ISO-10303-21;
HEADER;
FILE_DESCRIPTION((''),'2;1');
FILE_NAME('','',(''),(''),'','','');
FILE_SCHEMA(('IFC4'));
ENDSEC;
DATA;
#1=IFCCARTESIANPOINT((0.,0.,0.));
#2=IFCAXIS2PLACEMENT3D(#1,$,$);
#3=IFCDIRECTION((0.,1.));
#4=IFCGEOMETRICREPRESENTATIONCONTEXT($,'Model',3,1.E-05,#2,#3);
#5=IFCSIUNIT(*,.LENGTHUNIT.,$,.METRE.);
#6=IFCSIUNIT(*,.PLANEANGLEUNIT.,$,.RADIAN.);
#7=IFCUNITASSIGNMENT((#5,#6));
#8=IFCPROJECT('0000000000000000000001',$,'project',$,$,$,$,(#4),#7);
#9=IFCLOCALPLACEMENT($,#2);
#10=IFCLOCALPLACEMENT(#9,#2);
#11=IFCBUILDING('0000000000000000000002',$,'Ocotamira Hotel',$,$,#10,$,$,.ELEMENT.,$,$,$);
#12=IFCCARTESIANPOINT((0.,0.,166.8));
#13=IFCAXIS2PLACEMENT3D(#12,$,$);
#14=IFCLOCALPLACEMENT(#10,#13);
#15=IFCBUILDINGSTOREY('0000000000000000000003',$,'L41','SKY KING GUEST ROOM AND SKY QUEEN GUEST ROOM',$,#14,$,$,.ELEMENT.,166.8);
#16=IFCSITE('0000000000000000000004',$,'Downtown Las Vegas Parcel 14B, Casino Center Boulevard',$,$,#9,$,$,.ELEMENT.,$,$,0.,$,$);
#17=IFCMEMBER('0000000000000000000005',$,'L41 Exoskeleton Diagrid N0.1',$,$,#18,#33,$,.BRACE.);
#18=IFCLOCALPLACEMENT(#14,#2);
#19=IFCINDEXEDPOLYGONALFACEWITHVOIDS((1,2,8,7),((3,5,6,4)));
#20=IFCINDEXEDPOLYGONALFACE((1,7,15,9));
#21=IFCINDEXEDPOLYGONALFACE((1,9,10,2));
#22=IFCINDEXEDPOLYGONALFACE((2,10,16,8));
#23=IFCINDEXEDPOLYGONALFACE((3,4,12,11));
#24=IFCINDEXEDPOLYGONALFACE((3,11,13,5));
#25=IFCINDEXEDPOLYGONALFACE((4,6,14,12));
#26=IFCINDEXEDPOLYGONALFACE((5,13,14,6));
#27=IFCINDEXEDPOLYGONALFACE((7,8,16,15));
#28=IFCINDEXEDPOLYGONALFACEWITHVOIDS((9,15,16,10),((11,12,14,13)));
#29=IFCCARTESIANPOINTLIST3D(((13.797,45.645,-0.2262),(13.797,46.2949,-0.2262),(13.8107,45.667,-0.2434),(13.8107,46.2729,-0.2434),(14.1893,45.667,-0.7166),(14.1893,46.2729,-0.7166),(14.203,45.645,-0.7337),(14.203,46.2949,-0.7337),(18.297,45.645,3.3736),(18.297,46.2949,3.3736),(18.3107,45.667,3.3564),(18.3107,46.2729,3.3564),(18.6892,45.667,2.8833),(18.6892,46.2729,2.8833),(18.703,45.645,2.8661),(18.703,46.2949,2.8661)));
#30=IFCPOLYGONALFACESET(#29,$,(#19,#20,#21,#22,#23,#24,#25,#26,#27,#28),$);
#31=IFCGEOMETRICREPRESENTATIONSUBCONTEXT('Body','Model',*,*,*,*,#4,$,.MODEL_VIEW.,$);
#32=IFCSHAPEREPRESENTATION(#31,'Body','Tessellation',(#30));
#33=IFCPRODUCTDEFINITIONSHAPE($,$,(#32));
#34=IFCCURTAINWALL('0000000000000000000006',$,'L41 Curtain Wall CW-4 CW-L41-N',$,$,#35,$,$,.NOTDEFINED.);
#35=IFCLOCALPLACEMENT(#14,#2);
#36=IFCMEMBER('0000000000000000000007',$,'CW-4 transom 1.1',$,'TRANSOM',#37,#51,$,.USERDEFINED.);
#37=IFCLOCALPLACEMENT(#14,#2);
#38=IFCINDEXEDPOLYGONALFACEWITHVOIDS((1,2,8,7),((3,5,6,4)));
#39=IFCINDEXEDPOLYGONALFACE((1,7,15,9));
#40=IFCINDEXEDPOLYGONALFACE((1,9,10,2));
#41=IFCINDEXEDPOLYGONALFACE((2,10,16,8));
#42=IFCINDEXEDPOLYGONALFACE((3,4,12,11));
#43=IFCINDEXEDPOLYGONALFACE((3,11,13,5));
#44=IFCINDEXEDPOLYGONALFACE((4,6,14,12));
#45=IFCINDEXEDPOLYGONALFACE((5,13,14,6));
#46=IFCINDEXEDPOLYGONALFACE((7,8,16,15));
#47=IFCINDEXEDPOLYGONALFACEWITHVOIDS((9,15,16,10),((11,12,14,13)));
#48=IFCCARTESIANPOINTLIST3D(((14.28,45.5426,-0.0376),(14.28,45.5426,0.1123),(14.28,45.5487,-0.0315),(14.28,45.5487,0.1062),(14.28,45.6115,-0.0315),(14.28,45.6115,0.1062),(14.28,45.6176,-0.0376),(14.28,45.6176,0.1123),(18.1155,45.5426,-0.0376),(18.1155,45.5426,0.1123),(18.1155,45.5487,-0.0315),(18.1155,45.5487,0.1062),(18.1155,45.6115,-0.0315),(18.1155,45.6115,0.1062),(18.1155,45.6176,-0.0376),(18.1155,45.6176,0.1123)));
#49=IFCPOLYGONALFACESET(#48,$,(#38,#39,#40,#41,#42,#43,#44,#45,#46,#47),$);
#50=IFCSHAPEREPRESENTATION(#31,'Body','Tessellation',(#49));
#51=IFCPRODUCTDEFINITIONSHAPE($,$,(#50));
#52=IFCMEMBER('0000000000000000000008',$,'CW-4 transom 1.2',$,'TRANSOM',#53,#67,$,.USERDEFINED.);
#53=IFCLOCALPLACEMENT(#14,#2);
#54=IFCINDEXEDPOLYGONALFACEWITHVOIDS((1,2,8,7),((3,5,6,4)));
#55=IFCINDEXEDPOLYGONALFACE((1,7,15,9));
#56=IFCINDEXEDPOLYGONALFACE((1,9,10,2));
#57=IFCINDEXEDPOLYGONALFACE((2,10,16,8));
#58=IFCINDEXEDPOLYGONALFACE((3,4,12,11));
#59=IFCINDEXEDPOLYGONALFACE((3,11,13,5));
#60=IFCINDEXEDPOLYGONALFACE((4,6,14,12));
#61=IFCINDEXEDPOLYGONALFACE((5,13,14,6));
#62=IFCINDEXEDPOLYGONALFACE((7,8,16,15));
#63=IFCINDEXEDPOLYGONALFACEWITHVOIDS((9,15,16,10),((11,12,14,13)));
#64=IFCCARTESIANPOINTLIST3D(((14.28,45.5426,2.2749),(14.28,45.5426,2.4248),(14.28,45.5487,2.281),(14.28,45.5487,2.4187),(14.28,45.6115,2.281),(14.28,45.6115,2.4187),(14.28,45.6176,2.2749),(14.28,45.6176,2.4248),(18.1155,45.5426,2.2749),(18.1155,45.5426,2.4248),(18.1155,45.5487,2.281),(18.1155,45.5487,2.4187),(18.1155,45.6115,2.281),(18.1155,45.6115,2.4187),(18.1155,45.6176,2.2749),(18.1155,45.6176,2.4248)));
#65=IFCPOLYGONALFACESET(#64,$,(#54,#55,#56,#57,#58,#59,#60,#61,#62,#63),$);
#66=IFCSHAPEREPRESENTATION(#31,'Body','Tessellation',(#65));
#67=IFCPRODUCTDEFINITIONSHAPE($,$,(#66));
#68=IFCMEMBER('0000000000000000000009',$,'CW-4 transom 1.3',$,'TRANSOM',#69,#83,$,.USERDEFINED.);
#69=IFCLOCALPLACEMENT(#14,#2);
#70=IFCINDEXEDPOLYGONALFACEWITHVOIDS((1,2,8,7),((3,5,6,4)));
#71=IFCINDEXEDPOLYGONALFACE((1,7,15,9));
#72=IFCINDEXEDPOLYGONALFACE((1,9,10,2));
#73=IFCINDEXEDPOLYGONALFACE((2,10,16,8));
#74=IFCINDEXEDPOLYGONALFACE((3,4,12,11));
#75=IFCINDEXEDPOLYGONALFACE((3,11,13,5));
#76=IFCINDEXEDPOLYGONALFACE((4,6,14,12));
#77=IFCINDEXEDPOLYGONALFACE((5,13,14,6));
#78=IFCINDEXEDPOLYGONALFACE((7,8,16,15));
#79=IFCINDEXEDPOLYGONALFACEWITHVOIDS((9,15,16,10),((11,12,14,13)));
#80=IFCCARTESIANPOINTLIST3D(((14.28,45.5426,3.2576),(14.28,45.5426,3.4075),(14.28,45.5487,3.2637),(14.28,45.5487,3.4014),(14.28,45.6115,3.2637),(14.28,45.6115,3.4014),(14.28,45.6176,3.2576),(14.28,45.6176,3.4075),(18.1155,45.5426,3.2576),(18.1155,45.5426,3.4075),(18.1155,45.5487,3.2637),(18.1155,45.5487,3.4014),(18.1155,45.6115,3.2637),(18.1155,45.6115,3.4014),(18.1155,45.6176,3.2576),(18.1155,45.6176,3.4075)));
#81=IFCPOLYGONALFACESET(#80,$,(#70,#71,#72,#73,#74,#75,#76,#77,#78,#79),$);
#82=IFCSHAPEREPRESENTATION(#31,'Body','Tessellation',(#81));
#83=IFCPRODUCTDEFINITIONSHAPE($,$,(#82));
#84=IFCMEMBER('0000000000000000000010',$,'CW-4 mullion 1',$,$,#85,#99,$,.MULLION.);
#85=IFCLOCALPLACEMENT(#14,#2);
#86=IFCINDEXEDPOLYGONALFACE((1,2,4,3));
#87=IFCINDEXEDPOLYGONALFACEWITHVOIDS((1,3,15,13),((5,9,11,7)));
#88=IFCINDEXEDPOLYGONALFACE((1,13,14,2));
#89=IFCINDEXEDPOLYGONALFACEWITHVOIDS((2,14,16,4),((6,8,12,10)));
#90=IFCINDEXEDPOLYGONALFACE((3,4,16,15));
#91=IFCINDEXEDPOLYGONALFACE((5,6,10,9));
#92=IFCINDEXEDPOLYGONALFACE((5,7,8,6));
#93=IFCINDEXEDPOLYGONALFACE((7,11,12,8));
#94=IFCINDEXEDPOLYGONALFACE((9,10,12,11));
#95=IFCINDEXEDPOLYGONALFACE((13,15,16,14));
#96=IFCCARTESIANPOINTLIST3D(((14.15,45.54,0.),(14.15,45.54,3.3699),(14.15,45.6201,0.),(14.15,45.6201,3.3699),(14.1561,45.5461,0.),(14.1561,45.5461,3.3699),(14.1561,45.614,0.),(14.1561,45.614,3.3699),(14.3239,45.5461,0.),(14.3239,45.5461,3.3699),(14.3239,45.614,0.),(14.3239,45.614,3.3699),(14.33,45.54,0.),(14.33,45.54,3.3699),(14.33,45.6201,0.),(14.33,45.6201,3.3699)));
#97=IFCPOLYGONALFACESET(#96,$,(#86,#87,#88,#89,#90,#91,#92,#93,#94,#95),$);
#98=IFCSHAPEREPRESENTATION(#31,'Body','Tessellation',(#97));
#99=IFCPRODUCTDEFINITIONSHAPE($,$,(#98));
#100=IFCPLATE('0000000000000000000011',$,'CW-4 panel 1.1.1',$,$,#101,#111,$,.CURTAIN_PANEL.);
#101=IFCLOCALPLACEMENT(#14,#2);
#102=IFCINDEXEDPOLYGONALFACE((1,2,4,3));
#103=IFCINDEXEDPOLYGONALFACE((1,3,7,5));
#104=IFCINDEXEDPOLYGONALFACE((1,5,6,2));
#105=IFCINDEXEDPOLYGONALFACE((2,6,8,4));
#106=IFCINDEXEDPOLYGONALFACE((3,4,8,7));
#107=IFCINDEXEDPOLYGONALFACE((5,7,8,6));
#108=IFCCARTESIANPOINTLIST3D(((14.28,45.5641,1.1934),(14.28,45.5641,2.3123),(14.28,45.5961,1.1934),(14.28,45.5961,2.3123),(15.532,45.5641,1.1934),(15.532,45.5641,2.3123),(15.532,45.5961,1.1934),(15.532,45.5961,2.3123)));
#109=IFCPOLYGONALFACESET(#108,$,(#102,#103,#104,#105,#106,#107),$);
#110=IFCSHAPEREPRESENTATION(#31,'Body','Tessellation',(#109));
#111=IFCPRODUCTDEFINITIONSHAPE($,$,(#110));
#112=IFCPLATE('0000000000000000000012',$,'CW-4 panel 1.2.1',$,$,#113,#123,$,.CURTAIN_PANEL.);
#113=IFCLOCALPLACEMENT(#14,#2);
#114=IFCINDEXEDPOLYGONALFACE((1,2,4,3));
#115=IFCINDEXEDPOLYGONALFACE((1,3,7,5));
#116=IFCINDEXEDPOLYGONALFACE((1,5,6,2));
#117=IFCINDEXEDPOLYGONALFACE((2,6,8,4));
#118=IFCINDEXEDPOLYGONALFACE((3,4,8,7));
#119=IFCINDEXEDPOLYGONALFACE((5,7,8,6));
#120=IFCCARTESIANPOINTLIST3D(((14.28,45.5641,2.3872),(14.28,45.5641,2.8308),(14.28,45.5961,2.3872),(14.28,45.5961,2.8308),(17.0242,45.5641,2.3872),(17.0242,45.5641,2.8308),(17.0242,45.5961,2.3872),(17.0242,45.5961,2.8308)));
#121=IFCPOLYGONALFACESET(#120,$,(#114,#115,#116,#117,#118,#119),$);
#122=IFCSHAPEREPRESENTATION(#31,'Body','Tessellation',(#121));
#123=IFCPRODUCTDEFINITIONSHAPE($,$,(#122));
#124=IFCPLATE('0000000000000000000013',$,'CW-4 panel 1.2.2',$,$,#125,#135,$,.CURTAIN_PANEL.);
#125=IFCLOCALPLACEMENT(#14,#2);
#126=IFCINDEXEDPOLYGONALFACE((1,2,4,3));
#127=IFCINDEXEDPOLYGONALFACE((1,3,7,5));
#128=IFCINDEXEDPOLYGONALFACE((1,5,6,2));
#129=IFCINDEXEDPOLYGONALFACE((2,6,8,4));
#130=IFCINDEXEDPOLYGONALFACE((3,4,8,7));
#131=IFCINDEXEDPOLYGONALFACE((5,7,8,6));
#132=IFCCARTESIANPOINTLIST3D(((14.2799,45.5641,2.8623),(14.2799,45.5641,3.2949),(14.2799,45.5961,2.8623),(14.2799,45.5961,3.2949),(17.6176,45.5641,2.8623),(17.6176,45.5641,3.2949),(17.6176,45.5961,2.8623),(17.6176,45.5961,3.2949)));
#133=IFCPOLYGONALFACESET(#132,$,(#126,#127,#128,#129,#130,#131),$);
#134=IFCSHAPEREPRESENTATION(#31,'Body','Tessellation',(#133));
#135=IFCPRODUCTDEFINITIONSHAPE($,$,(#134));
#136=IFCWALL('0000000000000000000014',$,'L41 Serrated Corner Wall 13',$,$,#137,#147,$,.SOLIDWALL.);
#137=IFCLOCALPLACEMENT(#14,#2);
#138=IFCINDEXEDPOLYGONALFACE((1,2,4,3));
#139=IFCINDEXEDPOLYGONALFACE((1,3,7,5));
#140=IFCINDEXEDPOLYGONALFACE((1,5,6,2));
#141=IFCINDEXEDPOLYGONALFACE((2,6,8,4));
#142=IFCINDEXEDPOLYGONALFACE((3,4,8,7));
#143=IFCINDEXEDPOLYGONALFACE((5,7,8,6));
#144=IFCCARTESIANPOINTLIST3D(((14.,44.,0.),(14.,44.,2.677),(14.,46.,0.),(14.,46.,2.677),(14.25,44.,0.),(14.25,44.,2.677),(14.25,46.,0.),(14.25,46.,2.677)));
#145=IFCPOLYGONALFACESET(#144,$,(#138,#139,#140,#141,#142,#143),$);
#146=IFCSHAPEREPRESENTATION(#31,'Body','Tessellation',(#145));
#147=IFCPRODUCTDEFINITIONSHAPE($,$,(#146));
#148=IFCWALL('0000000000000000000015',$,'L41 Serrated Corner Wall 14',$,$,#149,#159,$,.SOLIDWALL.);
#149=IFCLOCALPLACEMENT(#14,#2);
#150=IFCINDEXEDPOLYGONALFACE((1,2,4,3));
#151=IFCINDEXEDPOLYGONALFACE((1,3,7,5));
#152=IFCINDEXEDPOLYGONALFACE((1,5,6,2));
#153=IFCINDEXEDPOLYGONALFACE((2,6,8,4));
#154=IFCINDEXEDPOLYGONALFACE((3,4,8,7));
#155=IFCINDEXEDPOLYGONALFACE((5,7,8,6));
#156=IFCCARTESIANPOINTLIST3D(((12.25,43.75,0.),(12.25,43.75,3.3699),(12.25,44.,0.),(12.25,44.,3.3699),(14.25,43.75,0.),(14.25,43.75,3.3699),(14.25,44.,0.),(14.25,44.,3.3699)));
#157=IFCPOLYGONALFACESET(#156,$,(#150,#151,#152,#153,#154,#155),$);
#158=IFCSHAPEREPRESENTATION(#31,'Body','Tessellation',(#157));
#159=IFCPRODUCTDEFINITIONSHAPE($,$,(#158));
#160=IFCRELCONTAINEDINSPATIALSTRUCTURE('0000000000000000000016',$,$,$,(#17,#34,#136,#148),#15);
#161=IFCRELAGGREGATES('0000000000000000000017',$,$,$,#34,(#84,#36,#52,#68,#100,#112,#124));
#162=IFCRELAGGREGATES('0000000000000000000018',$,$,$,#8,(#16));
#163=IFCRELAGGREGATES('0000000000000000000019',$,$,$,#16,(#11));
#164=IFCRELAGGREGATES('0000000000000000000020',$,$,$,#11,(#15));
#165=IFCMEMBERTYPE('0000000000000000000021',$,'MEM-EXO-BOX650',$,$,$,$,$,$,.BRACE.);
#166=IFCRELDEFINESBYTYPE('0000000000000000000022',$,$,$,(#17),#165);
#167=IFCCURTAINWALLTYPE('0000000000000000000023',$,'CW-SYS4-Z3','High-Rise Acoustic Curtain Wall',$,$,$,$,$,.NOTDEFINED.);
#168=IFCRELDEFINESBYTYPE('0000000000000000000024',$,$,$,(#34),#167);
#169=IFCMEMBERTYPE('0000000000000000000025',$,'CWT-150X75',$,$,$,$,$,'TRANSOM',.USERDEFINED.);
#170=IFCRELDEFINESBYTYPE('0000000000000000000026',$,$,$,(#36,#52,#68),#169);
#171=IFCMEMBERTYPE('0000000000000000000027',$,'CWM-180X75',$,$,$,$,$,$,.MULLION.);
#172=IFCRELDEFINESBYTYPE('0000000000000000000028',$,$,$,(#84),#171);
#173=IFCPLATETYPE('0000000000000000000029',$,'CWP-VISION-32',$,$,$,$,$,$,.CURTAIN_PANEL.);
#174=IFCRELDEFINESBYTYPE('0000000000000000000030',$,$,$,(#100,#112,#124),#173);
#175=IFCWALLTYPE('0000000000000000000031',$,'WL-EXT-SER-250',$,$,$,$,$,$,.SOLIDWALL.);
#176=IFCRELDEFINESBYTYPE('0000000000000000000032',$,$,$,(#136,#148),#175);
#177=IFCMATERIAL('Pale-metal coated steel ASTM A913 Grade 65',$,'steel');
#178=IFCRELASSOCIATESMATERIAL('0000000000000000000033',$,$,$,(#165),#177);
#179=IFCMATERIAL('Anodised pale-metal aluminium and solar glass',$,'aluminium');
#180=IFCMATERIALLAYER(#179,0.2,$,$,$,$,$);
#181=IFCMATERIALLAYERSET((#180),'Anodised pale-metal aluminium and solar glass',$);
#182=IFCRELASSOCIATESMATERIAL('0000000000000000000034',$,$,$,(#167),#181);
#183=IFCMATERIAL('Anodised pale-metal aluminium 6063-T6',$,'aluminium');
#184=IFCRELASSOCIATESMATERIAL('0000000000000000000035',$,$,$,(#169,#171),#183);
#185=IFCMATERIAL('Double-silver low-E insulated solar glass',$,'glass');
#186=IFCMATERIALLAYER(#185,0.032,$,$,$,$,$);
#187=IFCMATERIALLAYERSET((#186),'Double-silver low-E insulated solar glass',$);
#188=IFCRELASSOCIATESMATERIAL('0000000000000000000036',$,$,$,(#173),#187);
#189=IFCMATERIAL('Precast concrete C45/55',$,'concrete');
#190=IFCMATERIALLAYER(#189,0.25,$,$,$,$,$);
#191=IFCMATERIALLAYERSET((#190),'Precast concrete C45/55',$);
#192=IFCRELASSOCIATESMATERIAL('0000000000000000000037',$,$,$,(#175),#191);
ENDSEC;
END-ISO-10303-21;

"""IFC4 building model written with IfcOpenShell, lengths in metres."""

from ifc_helpers import new_model, si_unit, direction, frame, frame_2d, origin, origin_2d, place, context, subcontext, project, spatial, rectangle, hollow_rectangle, extrude, source, transform, mapped, material, layer, layer_set, material_profile, profile_set, type_object, element, aggregate, save


model = new_model("IFC4")

# Units and contexts
model_context = context("Model", 3, precision=1e-05, world=origin(), true_north=direction((0.0, 1.0)))
body_context = subcontext(model_context, "Body", "Model", "MODEL_VIEW")
ifc_project = project(units=[si_unit("LENGTHUNIT", "METRE"), si_unit("PLANEANGLEUNIT", "RADIAN")], contexts=[model_context])

# Site, building, storey
site_placement = place(None, origin())
site = spatial("IfcSite", under=ifc_project, at=site_placement, Name="Downtown Las Vegas Parcel 14B, Casino Center Boulevard", CompositionType="ELEMENT", RefElevation=0.0)
building_placement = place(site_placement, origin())
building = spatial("IfcBuilding", under=site, at=building_placement, Name="Ocotamira Hotel", CompositionType="ELEMENT")
storey_placement = place(building_placement, frame((0.0, 0.0, 166.8)))
storey = spatial("IfcBuildingStorey", under=building, at=storey_placement, Name="L41", Description="SKY KING GUEST ROOM AND SKY QUEEN GUEST ROOM", CompositionType="ELEMENT", Elevation=166.8)

# Member
ifc_material_1 = material(Name="Pale-metal coated steel ASTM A913 Grade 65", Category="steel")
ifc_material_profile_1 = material_profile(ifc_material_1, hollow_rectangle(XDim=0.6499, YDim=0.6499, WallThickness=0.022, at=origin_2d()), Name="BOX650X650X22")
ifc_profile_set_1 = profile_set([ifc_material_profile_1], Name="Pale-metal coated steel ASTM A913 Grade 65")
member_type_1 = type_object("IfcMemberType", Name="MEM-EXO-BOX650", PredefinedType="BRACE", material=ifc_profile_set_1)
shared_shape_1 = source(origin(), body_context, "Body", "SweptSolid", [
    extrude(hollow_rectangle(XDim=0.6499, YDim=0.6499, WallThickness=0.022, at=origin_2d()), origin(), (0.0, 0.0, 1.0), 5.7627),
])
member_1_placement = place(storey_placement, frame((14.0, 45.97, -0.48), z_axis=(0.780881, 0.0, 0.62468), x_axis=(0.0, 1.0, 0.0)))
element("IfcMember", 1, at=member_1_placement, inside=storey, type_object=member_type_1, Name="L41 Exoskeleton Diagrid N0.1", PredefinedType="BRACE", context=body_context, shape_type="MappedRepresentation", body=[
    mapped(shared_shape_1, transform((0.0, 0.0, 0.0), scale=1.0)),
])

# Curtain wall, members, plates
ifc_material_2 = material(Name="Anodised pale-metal aluminium and solar glass", Category="aluminium")
ifc_layer_1 = layer(ifc_material_2, 0.2)
ifc_layer_set_1 = layer_set([ifc_layer_1], Name="Anodised pale-metal aluminium and solar glass")
curtain_wall_type = type_object("IfcCurtainWallType", Name="CW-SYS4-Z3", Description="High-Rise Acoustic Curtain Wall", PredefinedType="NOTDEFINED", material=ifc_layer_set_1)
curtain_wall_placement = place(storey_placement, origin())
curtain_wall = element("IfcCurtainWall", 2, at=curtain_wall_placement, inside=storey, type_object=curtain_wall_type, Name="L41 Curtain Wall CW-4 CW-L41-N", PredefinedType="NOTDEFINED")
ifc_material_3 = material(Name="Anodised pale-metal aluminium 6063-T6", Category="aluminium")
ifc_material_profile_2 = material_profile(ifc_material_3, hollow_rectangle(XDim=0.075, YDim=0.1499, WallThickness=0.0061, at=origin_2d()), Name="HSS150X75X6")
ifc_profile_set_2 = profile_set([ifc_material_profile_2], Name="Anodised pale-metal aluminium 6063-T6")
member_type_2 = type_object("IfcMemberType", Name="CWT-150X75", ElementType="TRANSOM", PredefinedType="USERDEFINED", material=ifc_profile_set_2)
shared_shape_2 = source(origin(), body_context, "Body", "SweptSolid", [
    extrude(hollow_rectangle(XDim=0.075, YDim=0.1499, WallThickness=0.0061, at=origin_2d()), origin(), (0.0, 0.0, 1.0), 3.8354),
])
member_2_placement = place(storey_placement, frame((14.28, 45.5801, 0.0374), z_axis=(1.0, 0.0, 0.0), x_axis=(0.0, 1.0, 0.0)))
member_2 = element("IfcMember", 3, at=member_2_placement, type_object=member_type_2, Name="CW-4 transom 1.1", ObjectType="TRANSOM", PredefinedType="USERDEFINED", context=body_context, shape_type="MappedRepresentation", body=[
    mapped(shared_shape_2, transform((0.0, 0.0, 0.0), scale=1.0)),
])
member_3_placement = place(storey_placement, frame((14.28, 45.5801, 2.3499), z_axis=(1.0, 0.0, 0.0), x_axis=(0.0, 1.0, 0.0)))
member_3 = element("IfcMember", 4, at=member_3_placement, type_object=member_type_2, Name="CW-4 transom 1.2", ObjectType="TRANSOM", PredefinedType="USERDEFINED", context=body_context, shape_type="MappedRepresentation", body=[
    mapped(shared_shape_2, transform((0.0, 0.0, 0.0), scale=1.0)),
])
member_4_placement = place(storey_placement, frame((14.28, 45.5801, 3.3325), z_axis=(1.0, 0.0, 0.0), x_axis=(0.0, 1.0, 0.0)))
member_4 = element("IfcMember", 5, at=member_4_placement, type_object=member_type_2, Name="CW-4 transom 1.3", ObjectType="TRANSOM", PredefinedType="USERDEFINED", context=body_context, shape_type="MappedRepresentation", body=[
    mapped(shared_shape_2, transform((0.0, 0.0, 0.0), scale=1.0)),
])
ifc_material_profile_3 = material_profile(ifc_material_3, hollow_rectangle(XDim=0.0801, YDim=0.1799, WallThickness=0.0061, at=origin_2d()), Name="HSS180X80X6")
ifc_profile_set_3 = profile_set([ifc_material_profile_3], Name="Anodised pale-metal aluminium 6063-T6")
member_type_3 = type_object("IfcMemberType", Name="CWM-180X75", PredefinedType="MULLION", material=ifc_profile_set_3)
shared_shape_3 = source(origin(), body_context, "Body", "SweptSolid", [
    extrude(hollow_rectangle(XDim=0.0801, YDim=0.1799, WallThickness=0.0061, at=origin_2d()), origin(), (0.0, 0.0, 1.0), 3.3699),
])
member_5_placement = place(storey_placement, frame((14.24, 45.5801, 0.0), z_axis=(0.0, 0.0, 1.0), x_axis=(0.0, 1.0, 0.0)))
member_5 = element("IfcMember", 6, at=member_5_placement, type_object=member_type_3, Name="CW-4 mullion 1", PredefinedType="MULLION", context=body_context, shape_type="MappedRepresentation", body=[
    mapped(shared_shape_3, transform((0.0, 0.0, 0.0), scale=1.0)),
])
ifc_material_4 = material(Name="Double-silver low-E insulated solar glass", Category="glass")
ifc_layer_2 = layer(ifc_material_4, 0.032)
ifc_layer_set_2 = layer_set([ifc_layer_2], Name="Double-silver low-E insulated solar glass")
plate_type = type_object("IfcPlateType", Name="CWP-VISION-32", PredefinedType="CURTAIN_PANEL", material=ifc_layer_set_2)
shared_shape_4 = source(origin(), body_context, "Body", "SweptSolid", [
    extrude(rectangle(XDim=1.252, YDim=0.032, at=origin_2d()), origin(), (0.0, 0.0, 1.0), 1.1189),
])
plate_1_placement = place(storey_placement, frame((14.906, 45.5801, 1.1934), z_axis=(0.0, 0.0, 1.0), x_axis=(1.0, 0.0, 0.0)))
plate_1 = element("IfcPlate", 7, at=plate_1_placement, type_object=plate_type, Name="CW-4 panel 1.1.1", PredefinedType="CURTAIN_PANEL", context=body_context, shape_type="MappedRepresentation", body=[
    mapped(shared_shape_4, transform((0.0, 0.0, 0.0), scale=1.0)),
])
shared_shape_5 = source(origin(), body_context, "Body", "SweptSolid", [
    extrude(rectangle(XDim=2.7441, YDim=0.032, at=origin_2d()), origin(), (0.0, 0.0, 1.0), 0.4436),
])
plate_2_placement = place(storey_placement, frame((15.6521, 45.5801, 2.3872), z_axis=(0.0, 0.0, 1.0), x_axis=(1.0, 0.0, 0.0)))
plate_2 = element("IfcPlate", 8, at=plate_2_placement, type_object=plate_type, Name="CW-4 panel 1.2.1", PredefinedType="CURTAIN_PANEL", context=body_context, shape_type="MappedRepresentation", body=[
    mapped(shared_shape_5, transform((0.0, 0.0, 0.0), scale=1.0)),
])
shared_shape_6 = source(origin(), body_context, "Body", "SweptSolid", [
    extrude(rectangle(XDim=3.3376, YDim=0.032, at=origin_2d()), origin(), (0.0, 0.0, 1.0), 0.4326),
])
plate_3_placement = place(storey_placement, frame((15.9487, 45.5801, 2.8623), z_axis=(0.0, 0.0, 1.0), x_axis=(1.0, 0.0, 0.0)))
plate_3 = element("IfcPlate", 9, at=plate_3_placement, type_object=plate_type, Name="CW-4 panel 1.2.2", PredefinedType="CURTAIN_PANEL", context=body_context, shape_type="MappedRepresentation", body=[
    mapped(shared_shape_6, transform((0.0, 0.0, 0.0), scale=1.0)),
])
aggregate(curtain_wall, [member_5, member_2, member_3, member_4, plate_1, plate_2, plate_3])

# Walls
ifc_material_5 = material(Name="Precast concrete C45/55", Category="concrete")
ifc_layer_3 = layer(ifc_material_5, 0.25)
ifc_layer_set_3 = layer_set([ifc_layer_3], Name="Precast concrete C45/55")
wall_type_1 = type_object("IfcWallType", Name="WL-EXT-SER-250", PredefinedType="SOLIDWALL", material=ifc_layer_set_3)
wall_1_placement = place(storey_placement, frame((14.125, 46.0, 0.0), z_axis=(0.0, 0.0, 1.0), x_axis=(0.0, -1.0, 0.0)))
element("IfcWall", 10, at=wall_1_placement, inside=storey, type_object=wall_type_1, Name="L41 Serrated Corner Wall 13", PredefinedType="SOLIDWALL", context=body_context, shape_type="SweptSolid", body=[
    extrude(rectangle(XDim=2.0, YDim=0.25, at=frame_2d((1.0, 0.0))), origin(), (0.0, 0.0, 1.0), 2.677),
])
wall_2_placement = place(storey_placement, frame((14.25, 43.875, 0.0), z_axis=(0.0, 0.0, 1.0), x_axis=(-1.0, 0.0, 0.0)))
element("IfcWall", 11, at=wall_2_placement, inside=storey, type_object=wall_type_1, Name="L41 Serrated Corner Wall 14", PredefinedType="SOLIDWALL", context=body_context, shape_type="SweptSolid", body=[
    extrude(rectangle(XDim=2.0, YDim=0.25, at=frame_2d((1.0, 0.0))), origin(), (0.0, 0.0, 1.0), 3.3699),
])

save(model, "model.ifc")
